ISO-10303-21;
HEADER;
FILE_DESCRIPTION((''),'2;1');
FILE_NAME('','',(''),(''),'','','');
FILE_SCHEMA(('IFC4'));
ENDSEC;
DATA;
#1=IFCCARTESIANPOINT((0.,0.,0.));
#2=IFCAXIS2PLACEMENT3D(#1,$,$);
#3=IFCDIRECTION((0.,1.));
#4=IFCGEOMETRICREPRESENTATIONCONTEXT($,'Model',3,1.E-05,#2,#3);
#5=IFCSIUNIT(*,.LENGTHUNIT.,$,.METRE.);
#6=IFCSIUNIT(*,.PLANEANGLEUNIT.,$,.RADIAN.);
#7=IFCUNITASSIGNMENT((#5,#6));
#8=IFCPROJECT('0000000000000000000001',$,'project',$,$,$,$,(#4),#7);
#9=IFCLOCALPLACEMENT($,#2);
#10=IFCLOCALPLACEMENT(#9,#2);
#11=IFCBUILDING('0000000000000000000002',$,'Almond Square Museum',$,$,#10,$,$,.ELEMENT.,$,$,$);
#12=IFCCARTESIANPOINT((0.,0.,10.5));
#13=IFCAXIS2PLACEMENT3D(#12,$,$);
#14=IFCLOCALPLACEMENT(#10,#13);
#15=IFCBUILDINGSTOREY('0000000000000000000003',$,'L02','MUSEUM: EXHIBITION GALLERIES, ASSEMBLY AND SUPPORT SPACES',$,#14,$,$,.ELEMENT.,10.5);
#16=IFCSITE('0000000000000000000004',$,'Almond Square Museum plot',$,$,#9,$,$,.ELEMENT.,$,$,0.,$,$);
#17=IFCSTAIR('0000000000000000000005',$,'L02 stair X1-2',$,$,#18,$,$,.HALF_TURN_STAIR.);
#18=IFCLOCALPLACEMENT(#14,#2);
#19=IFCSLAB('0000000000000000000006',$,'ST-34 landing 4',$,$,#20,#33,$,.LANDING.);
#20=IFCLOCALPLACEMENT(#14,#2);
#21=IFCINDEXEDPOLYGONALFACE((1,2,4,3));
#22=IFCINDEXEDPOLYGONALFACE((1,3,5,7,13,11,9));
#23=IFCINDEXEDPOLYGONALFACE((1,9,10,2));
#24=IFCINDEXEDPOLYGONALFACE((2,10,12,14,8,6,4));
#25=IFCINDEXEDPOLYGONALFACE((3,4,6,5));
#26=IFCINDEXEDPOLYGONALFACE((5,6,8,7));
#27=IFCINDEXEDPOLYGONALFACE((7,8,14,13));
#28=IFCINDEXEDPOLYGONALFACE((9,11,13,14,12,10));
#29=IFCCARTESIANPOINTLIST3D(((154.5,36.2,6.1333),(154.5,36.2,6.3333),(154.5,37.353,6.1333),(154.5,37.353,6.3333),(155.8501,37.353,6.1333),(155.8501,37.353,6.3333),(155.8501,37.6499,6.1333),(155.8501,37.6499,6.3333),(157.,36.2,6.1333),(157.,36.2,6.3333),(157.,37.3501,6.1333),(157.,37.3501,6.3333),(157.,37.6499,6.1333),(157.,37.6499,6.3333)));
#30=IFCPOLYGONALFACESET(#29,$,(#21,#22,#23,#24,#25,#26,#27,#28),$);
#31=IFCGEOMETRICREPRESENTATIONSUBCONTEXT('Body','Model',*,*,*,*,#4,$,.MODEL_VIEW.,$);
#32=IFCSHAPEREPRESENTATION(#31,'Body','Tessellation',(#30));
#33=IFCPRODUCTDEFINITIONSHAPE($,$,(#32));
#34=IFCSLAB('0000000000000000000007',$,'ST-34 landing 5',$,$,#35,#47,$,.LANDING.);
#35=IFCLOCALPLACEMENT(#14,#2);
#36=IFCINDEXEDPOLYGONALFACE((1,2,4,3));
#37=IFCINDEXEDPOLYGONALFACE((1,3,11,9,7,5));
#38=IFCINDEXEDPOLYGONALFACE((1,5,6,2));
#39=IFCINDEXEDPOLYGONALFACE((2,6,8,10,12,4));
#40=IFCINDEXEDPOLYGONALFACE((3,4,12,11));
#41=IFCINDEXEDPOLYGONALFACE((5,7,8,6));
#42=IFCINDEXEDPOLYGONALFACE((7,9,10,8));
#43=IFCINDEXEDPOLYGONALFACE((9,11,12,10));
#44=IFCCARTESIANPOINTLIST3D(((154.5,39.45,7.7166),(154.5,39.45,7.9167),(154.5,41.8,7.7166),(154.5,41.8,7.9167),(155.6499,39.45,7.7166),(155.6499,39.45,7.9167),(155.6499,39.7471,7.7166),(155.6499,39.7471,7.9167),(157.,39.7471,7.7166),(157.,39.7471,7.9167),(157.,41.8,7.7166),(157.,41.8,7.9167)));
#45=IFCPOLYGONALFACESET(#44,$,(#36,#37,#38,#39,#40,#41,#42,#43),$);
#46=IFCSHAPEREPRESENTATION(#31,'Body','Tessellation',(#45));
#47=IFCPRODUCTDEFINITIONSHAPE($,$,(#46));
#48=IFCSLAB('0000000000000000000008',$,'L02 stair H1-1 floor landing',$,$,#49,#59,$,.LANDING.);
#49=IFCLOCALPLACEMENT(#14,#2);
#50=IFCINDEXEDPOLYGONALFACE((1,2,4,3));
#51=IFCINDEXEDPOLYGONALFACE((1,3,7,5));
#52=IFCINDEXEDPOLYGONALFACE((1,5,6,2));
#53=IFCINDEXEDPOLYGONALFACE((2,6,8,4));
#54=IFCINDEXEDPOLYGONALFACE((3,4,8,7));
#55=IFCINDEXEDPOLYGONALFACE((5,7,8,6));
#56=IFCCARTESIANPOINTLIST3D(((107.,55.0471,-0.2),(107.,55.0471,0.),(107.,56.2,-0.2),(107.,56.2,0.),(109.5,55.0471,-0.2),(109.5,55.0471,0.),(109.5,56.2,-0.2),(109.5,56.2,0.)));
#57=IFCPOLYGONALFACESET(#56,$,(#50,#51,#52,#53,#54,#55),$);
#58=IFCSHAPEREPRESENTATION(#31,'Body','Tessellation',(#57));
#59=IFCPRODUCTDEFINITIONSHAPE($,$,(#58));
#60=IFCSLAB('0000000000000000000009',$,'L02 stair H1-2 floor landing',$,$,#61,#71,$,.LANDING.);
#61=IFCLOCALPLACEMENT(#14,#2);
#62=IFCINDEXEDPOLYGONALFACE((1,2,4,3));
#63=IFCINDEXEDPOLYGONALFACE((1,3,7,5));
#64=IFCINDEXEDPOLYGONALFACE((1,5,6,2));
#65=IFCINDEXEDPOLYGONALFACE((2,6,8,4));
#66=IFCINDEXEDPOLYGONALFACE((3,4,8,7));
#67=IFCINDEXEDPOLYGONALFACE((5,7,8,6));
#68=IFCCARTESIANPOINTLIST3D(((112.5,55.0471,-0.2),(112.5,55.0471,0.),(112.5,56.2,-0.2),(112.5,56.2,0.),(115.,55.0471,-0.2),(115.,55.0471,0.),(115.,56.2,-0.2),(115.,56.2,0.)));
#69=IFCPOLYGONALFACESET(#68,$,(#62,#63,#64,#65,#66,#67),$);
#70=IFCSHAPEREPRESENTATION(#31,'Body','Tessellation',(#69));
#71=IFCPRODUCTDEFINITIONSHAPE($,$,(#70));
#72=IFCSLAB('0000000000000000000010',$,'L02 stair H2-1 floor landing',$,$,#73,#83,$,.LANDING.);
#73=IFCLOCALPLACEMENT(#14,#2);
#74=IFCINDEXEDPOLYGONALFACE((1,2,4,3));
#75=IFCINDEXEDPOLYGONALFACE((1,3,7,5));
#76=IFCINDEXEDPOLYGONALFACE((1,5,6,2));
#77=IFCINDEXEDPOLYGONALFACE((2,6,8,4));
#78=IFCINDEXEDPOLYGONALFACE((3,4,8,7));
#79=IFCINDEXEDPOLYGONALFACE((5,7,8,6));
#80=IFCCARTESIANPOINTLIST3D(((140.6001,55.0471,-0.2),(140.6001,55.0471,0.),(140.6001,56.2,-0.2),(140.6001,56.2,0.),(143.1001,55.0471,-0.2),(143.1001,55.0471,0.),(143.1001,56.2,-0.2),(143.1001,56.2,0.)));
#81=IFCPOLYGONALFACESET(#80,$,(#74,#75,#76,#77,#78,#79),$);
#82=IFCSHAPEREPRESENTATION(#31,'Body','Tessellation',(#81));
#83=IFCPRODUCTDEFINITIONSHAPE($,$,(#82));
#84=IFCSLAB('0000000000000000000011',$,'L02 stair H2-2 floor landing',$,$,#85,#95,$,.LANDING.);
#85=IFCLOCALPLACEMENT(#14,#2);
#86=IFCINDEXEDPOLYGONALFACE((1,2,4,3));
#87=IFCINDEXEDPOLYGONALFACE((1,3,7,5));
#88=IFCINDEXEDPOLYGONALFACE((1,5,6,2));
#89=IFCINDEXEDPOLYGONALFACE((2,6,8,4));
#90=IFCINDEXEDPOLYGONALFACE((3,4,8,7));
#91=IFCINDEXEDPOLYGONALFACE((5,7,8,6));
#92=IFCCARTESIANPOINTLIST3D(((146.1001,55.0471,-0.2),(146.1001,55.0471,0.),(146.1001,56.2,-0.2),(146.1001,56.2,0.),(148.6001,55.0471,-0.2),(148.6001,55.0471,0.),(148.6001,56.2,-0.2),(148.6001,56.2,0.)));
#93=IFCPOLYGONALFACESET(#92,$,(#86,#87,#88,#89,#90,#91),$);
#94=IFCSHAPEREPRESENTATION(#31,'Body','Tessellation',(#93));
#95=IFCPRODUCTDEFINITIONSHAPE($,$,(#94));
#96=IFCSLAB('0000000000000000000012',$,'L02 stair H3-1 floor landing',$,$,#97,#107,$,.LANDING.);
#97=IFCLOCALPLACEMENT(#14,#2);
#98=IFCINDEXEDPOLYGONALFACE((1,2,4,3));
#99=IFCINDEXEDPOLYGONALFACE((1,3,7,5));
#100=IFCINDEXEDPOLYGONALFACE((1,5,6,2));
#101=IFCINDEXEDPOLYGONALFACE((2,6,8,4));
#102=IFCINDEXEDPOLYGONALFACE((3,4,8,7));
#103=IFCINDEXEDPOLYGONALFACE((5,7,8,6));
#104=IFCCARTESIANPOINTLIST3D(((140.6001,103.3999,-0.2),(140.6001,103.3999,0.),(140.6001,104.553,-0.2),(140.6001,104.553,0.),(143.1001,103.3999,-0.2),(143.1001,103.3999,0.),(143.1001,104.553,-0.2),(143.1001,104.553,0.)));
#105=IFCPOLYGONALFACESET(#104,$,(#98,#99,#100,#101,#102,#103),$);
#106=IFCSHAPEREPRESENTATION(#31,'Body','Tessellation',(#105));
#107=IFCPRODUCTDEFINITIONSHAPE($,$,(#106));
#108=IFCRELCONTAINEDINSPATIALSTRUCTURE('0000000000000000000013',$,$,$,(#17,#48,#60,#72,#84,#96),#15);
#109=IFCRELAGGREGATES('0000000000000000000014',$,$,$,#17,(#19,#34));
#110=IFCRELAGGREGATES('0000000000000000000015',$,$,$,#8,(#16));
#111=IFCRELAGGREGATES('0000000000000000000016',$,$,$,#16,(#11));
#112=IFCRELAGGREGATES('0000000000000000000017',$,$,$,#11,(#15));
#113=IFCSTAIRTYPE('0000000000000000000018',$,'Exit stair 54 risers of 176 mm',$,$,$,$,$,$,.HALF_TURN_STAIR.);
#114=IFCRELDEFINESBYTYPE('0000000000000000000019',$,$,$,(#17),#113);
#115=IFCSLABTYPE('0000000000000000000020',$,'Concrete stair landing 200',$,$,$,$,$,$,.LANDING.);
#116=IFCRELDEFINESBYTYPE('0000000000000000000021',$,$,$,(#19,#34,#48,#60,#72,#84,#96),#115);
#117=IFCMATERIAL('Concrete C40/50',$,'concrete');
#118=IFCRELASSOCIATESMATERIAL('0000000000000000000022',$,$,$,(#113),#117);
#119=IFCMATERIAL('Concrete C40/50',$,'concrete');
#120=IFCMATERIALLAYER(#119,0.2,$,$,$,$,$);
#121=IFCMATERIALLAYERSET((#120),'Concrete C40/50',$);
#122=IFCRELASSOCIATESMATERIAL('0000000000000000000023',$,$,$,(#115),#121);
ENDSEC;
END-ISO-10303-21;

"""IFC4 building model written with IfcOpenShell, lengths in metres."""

from ifc_helpers import new_model, si_unit, direction, frame, origin, place, context, subcontext, project, spatial, polyline, outline, extrude, material, layer, layer_set, type_object, element, aggregate, save


model = new_model("IFC4")

# Units and contexts
model_context = context("Model", 3, precision=1e-05, world=origin(), true_north=direction((0.0, 1.0)))
body_context = subcontext(model_context, "Body", "Model", "MODEL_VIEW")
ifc_project = project(units=[si_unit("LENGTHUNIT", "METRE"), si_unit("PLANEANGLEUNIT", "RADIAN")], contexts=[model_context])

# Site, building, storey
site_placement = place(None, origin())
site = spatial("IfcSite", under=ifc_project, at=site_placement, Name="Almond Square Museum plot", CompositionType="ELEMENT", RefElevation=0.0)
building_placement = place(site_placement, origin())
building = spatial("IfcBuilding", under=site, at=building_placement, Name="Almond Square Museum", CompositionType="ELEMENT")
storey_placement = place(building_placement, frame((0.0, 0.0, 10.5)))
storey = spatial("IfcBuildingStorey", under=building, at=storey_placement, Name="L02", Description="MUSEUM: EXHIBITION GALLERIES, ASSEMBLY AND SUPPORT SPACES", CompositionType="ELEMENT", Elevation=10.5)

# Stair, slabs
ifc_material_1 = material(Name="Concrete C40/50", Category="concrete")
stair_type = type_object("IfcStairType", Name="Exit stair 54 risers of 176 mm", PredefinedType="HALF_TURN_STAIR", material=ifc_material_1)
ifc_material_2 = material(Name="Concrete C40/50", Category="concrete")
ifc_layer = layer(ifc_material_2, 0.2)
ifc_layer_set = layer_set([ifc_layer], Name="Concrete C40/50")
slab_type = type_object("IfcSlabType", Name="Concrete stair landing 200", PredefinedType="LANDING", material=ifc_layer_set)
stair_1_placement = place(storey_placement, origin())
stair_1 = element("IfcStair", 1, at=stair_1_placement, inside=storey, type_object=stair_type, Name="L02 stair X1-2", PredefinedType="HALF_TURN_STAIR")
slab_1_placement = place(storey_placement, frame((0.0, 0.0, 6.1333)))
slab_1 = element("IfcSlab", 2, at=slab_1_placement, type_object=slab_type, Name="ST-34 landing 4", PredefinedType="LANDING", context=body_context, shape_type="SweptSolid", body=[
    extrude(outline(polyline([(157.0, 36.2), (157.0, 37.3501), (157.0, 37.6499), (155.8501, 37.6499), (155.8501, 37.353), (154.5, 37.353), (154.5, 36.2), (157.0, 36.2)])), origin(), (0.0, 0.0, 1.0), 0.2),
])
slab_2_placement = place(storey_placement, frame((0.0, 0.0, 7.7166)))
slab_2 = element("IfcSlab", 3, at=slab_2_placement, type_object=slab_type, Name="ST-34 landing 5", PredefinedType="LANDING", context=body_context, shape_type="SweptSolid", body=[
    extrude(outline(polyline([(157.0, 39.7471), (157.0, 41.8), (154.5, 41.8), (154.5, 39.45), (155.6499, 39.45), (155.6499, 39.7471), (157.0, 39.7471)])), origin(), (0.0, 0.0, 1.0), 0.2002),
])
aggregate(stair_1, [slab_1, slab_2])

# Slabs
slab_3_placement = place(storey_placement, frame((0.0, 0.0, -0.2)))
element("IfcSlab", 4, at=slab_3_placement, inside=storey, type_object=slab_type, Name="L02 stair H1-1 floor landing", PredefinedType="LANDING", context=body_context, shape_type="SweptSolid", body=[
    extrude(outline(polyline([(107.0, 55.0471), (109.5, 55.0471), (109.5, 56.2), (107.0, 56.2), (107.0, 55.0471)])), origin(), (0.0, 0.0, 1.0), 0.2),
])
slab_4_placement = place(storey_placement, frame((0.0, 0.0, -0.2)))
element("IfcSlab", 5, at=slab_4_placement, inside=storey, type_object=slab_type, Name="L02 stair H1-2 floor landing", PredefinedType="LANDING", context=body_context, shape_type="SweptSolid", body=[
    extrude(outline(polyline([(112.5, 55.0471), (115.0, 55.0471), (115.0, 56.2), (112.5, 56.2), (112.5, 55.0471)])), origin(), (0.0, 0.0, 1.0), 0.2),
])
slab_5_placement = place(storey_placement, frame((0.0, 0.0, -0.2)))
element("IfcSlab", 6, at=slab_5_placement, inside=storey, type_object=slab_type, Name="L02 stair H2-1 floor landing", PredefinedType="LANDING", context=body_context, shape_type="SweptSolid", body=[
    extrude(outline(polyline([(140.6001, 55.0471), (143.1001, 55.0471), (143.1001, 56.2), (140.6001, 56.2), (140.6001, 55.0471)])), origin(), (0.0, 0.0, 1.0), 0.2),
])
slab_6_placement = place(storey_placement, frame((0.0, 0.0, -0.2)))
element("IfcSlab", 7, at=slab_6_placement, inside=storey, type_object=slab_type, Name="L02 stair H2-2 floor landing", PredefinedType="LANDING", context=body_context, shape_type="SweptSolid", body=[
    extrude(outline(polyline([(146.1001, 55.0471), (148.6001, 55.0471), (148.6001, 56.2), (146.1001, 56.2), (146.1001, 55.0471)])), origin(), (0.0, 0.0, 1.0), 0.2),
])
slab_7_placement = place(storey_placement, frame((0.0, 0.0, -0.2)))
element("IfcSlab", 8, at=slab_7_placement, inside=storey, type_object=slab_type, Name="L02 stair H3-1 floor landing", PredefinedType="LANDING", context=body_context, shape_type="SweptSolid", body=[
    extrude(outline(polyline([(140.6001, 103.3999), (143.1001, 103.3999), (143.1001, 104.553), (140.6001, 104.553), (140.6001, 103.3999)])), origin(), (0.0, 0.0, 1.0), 0.2),
])

save(model, "model.ifc")
